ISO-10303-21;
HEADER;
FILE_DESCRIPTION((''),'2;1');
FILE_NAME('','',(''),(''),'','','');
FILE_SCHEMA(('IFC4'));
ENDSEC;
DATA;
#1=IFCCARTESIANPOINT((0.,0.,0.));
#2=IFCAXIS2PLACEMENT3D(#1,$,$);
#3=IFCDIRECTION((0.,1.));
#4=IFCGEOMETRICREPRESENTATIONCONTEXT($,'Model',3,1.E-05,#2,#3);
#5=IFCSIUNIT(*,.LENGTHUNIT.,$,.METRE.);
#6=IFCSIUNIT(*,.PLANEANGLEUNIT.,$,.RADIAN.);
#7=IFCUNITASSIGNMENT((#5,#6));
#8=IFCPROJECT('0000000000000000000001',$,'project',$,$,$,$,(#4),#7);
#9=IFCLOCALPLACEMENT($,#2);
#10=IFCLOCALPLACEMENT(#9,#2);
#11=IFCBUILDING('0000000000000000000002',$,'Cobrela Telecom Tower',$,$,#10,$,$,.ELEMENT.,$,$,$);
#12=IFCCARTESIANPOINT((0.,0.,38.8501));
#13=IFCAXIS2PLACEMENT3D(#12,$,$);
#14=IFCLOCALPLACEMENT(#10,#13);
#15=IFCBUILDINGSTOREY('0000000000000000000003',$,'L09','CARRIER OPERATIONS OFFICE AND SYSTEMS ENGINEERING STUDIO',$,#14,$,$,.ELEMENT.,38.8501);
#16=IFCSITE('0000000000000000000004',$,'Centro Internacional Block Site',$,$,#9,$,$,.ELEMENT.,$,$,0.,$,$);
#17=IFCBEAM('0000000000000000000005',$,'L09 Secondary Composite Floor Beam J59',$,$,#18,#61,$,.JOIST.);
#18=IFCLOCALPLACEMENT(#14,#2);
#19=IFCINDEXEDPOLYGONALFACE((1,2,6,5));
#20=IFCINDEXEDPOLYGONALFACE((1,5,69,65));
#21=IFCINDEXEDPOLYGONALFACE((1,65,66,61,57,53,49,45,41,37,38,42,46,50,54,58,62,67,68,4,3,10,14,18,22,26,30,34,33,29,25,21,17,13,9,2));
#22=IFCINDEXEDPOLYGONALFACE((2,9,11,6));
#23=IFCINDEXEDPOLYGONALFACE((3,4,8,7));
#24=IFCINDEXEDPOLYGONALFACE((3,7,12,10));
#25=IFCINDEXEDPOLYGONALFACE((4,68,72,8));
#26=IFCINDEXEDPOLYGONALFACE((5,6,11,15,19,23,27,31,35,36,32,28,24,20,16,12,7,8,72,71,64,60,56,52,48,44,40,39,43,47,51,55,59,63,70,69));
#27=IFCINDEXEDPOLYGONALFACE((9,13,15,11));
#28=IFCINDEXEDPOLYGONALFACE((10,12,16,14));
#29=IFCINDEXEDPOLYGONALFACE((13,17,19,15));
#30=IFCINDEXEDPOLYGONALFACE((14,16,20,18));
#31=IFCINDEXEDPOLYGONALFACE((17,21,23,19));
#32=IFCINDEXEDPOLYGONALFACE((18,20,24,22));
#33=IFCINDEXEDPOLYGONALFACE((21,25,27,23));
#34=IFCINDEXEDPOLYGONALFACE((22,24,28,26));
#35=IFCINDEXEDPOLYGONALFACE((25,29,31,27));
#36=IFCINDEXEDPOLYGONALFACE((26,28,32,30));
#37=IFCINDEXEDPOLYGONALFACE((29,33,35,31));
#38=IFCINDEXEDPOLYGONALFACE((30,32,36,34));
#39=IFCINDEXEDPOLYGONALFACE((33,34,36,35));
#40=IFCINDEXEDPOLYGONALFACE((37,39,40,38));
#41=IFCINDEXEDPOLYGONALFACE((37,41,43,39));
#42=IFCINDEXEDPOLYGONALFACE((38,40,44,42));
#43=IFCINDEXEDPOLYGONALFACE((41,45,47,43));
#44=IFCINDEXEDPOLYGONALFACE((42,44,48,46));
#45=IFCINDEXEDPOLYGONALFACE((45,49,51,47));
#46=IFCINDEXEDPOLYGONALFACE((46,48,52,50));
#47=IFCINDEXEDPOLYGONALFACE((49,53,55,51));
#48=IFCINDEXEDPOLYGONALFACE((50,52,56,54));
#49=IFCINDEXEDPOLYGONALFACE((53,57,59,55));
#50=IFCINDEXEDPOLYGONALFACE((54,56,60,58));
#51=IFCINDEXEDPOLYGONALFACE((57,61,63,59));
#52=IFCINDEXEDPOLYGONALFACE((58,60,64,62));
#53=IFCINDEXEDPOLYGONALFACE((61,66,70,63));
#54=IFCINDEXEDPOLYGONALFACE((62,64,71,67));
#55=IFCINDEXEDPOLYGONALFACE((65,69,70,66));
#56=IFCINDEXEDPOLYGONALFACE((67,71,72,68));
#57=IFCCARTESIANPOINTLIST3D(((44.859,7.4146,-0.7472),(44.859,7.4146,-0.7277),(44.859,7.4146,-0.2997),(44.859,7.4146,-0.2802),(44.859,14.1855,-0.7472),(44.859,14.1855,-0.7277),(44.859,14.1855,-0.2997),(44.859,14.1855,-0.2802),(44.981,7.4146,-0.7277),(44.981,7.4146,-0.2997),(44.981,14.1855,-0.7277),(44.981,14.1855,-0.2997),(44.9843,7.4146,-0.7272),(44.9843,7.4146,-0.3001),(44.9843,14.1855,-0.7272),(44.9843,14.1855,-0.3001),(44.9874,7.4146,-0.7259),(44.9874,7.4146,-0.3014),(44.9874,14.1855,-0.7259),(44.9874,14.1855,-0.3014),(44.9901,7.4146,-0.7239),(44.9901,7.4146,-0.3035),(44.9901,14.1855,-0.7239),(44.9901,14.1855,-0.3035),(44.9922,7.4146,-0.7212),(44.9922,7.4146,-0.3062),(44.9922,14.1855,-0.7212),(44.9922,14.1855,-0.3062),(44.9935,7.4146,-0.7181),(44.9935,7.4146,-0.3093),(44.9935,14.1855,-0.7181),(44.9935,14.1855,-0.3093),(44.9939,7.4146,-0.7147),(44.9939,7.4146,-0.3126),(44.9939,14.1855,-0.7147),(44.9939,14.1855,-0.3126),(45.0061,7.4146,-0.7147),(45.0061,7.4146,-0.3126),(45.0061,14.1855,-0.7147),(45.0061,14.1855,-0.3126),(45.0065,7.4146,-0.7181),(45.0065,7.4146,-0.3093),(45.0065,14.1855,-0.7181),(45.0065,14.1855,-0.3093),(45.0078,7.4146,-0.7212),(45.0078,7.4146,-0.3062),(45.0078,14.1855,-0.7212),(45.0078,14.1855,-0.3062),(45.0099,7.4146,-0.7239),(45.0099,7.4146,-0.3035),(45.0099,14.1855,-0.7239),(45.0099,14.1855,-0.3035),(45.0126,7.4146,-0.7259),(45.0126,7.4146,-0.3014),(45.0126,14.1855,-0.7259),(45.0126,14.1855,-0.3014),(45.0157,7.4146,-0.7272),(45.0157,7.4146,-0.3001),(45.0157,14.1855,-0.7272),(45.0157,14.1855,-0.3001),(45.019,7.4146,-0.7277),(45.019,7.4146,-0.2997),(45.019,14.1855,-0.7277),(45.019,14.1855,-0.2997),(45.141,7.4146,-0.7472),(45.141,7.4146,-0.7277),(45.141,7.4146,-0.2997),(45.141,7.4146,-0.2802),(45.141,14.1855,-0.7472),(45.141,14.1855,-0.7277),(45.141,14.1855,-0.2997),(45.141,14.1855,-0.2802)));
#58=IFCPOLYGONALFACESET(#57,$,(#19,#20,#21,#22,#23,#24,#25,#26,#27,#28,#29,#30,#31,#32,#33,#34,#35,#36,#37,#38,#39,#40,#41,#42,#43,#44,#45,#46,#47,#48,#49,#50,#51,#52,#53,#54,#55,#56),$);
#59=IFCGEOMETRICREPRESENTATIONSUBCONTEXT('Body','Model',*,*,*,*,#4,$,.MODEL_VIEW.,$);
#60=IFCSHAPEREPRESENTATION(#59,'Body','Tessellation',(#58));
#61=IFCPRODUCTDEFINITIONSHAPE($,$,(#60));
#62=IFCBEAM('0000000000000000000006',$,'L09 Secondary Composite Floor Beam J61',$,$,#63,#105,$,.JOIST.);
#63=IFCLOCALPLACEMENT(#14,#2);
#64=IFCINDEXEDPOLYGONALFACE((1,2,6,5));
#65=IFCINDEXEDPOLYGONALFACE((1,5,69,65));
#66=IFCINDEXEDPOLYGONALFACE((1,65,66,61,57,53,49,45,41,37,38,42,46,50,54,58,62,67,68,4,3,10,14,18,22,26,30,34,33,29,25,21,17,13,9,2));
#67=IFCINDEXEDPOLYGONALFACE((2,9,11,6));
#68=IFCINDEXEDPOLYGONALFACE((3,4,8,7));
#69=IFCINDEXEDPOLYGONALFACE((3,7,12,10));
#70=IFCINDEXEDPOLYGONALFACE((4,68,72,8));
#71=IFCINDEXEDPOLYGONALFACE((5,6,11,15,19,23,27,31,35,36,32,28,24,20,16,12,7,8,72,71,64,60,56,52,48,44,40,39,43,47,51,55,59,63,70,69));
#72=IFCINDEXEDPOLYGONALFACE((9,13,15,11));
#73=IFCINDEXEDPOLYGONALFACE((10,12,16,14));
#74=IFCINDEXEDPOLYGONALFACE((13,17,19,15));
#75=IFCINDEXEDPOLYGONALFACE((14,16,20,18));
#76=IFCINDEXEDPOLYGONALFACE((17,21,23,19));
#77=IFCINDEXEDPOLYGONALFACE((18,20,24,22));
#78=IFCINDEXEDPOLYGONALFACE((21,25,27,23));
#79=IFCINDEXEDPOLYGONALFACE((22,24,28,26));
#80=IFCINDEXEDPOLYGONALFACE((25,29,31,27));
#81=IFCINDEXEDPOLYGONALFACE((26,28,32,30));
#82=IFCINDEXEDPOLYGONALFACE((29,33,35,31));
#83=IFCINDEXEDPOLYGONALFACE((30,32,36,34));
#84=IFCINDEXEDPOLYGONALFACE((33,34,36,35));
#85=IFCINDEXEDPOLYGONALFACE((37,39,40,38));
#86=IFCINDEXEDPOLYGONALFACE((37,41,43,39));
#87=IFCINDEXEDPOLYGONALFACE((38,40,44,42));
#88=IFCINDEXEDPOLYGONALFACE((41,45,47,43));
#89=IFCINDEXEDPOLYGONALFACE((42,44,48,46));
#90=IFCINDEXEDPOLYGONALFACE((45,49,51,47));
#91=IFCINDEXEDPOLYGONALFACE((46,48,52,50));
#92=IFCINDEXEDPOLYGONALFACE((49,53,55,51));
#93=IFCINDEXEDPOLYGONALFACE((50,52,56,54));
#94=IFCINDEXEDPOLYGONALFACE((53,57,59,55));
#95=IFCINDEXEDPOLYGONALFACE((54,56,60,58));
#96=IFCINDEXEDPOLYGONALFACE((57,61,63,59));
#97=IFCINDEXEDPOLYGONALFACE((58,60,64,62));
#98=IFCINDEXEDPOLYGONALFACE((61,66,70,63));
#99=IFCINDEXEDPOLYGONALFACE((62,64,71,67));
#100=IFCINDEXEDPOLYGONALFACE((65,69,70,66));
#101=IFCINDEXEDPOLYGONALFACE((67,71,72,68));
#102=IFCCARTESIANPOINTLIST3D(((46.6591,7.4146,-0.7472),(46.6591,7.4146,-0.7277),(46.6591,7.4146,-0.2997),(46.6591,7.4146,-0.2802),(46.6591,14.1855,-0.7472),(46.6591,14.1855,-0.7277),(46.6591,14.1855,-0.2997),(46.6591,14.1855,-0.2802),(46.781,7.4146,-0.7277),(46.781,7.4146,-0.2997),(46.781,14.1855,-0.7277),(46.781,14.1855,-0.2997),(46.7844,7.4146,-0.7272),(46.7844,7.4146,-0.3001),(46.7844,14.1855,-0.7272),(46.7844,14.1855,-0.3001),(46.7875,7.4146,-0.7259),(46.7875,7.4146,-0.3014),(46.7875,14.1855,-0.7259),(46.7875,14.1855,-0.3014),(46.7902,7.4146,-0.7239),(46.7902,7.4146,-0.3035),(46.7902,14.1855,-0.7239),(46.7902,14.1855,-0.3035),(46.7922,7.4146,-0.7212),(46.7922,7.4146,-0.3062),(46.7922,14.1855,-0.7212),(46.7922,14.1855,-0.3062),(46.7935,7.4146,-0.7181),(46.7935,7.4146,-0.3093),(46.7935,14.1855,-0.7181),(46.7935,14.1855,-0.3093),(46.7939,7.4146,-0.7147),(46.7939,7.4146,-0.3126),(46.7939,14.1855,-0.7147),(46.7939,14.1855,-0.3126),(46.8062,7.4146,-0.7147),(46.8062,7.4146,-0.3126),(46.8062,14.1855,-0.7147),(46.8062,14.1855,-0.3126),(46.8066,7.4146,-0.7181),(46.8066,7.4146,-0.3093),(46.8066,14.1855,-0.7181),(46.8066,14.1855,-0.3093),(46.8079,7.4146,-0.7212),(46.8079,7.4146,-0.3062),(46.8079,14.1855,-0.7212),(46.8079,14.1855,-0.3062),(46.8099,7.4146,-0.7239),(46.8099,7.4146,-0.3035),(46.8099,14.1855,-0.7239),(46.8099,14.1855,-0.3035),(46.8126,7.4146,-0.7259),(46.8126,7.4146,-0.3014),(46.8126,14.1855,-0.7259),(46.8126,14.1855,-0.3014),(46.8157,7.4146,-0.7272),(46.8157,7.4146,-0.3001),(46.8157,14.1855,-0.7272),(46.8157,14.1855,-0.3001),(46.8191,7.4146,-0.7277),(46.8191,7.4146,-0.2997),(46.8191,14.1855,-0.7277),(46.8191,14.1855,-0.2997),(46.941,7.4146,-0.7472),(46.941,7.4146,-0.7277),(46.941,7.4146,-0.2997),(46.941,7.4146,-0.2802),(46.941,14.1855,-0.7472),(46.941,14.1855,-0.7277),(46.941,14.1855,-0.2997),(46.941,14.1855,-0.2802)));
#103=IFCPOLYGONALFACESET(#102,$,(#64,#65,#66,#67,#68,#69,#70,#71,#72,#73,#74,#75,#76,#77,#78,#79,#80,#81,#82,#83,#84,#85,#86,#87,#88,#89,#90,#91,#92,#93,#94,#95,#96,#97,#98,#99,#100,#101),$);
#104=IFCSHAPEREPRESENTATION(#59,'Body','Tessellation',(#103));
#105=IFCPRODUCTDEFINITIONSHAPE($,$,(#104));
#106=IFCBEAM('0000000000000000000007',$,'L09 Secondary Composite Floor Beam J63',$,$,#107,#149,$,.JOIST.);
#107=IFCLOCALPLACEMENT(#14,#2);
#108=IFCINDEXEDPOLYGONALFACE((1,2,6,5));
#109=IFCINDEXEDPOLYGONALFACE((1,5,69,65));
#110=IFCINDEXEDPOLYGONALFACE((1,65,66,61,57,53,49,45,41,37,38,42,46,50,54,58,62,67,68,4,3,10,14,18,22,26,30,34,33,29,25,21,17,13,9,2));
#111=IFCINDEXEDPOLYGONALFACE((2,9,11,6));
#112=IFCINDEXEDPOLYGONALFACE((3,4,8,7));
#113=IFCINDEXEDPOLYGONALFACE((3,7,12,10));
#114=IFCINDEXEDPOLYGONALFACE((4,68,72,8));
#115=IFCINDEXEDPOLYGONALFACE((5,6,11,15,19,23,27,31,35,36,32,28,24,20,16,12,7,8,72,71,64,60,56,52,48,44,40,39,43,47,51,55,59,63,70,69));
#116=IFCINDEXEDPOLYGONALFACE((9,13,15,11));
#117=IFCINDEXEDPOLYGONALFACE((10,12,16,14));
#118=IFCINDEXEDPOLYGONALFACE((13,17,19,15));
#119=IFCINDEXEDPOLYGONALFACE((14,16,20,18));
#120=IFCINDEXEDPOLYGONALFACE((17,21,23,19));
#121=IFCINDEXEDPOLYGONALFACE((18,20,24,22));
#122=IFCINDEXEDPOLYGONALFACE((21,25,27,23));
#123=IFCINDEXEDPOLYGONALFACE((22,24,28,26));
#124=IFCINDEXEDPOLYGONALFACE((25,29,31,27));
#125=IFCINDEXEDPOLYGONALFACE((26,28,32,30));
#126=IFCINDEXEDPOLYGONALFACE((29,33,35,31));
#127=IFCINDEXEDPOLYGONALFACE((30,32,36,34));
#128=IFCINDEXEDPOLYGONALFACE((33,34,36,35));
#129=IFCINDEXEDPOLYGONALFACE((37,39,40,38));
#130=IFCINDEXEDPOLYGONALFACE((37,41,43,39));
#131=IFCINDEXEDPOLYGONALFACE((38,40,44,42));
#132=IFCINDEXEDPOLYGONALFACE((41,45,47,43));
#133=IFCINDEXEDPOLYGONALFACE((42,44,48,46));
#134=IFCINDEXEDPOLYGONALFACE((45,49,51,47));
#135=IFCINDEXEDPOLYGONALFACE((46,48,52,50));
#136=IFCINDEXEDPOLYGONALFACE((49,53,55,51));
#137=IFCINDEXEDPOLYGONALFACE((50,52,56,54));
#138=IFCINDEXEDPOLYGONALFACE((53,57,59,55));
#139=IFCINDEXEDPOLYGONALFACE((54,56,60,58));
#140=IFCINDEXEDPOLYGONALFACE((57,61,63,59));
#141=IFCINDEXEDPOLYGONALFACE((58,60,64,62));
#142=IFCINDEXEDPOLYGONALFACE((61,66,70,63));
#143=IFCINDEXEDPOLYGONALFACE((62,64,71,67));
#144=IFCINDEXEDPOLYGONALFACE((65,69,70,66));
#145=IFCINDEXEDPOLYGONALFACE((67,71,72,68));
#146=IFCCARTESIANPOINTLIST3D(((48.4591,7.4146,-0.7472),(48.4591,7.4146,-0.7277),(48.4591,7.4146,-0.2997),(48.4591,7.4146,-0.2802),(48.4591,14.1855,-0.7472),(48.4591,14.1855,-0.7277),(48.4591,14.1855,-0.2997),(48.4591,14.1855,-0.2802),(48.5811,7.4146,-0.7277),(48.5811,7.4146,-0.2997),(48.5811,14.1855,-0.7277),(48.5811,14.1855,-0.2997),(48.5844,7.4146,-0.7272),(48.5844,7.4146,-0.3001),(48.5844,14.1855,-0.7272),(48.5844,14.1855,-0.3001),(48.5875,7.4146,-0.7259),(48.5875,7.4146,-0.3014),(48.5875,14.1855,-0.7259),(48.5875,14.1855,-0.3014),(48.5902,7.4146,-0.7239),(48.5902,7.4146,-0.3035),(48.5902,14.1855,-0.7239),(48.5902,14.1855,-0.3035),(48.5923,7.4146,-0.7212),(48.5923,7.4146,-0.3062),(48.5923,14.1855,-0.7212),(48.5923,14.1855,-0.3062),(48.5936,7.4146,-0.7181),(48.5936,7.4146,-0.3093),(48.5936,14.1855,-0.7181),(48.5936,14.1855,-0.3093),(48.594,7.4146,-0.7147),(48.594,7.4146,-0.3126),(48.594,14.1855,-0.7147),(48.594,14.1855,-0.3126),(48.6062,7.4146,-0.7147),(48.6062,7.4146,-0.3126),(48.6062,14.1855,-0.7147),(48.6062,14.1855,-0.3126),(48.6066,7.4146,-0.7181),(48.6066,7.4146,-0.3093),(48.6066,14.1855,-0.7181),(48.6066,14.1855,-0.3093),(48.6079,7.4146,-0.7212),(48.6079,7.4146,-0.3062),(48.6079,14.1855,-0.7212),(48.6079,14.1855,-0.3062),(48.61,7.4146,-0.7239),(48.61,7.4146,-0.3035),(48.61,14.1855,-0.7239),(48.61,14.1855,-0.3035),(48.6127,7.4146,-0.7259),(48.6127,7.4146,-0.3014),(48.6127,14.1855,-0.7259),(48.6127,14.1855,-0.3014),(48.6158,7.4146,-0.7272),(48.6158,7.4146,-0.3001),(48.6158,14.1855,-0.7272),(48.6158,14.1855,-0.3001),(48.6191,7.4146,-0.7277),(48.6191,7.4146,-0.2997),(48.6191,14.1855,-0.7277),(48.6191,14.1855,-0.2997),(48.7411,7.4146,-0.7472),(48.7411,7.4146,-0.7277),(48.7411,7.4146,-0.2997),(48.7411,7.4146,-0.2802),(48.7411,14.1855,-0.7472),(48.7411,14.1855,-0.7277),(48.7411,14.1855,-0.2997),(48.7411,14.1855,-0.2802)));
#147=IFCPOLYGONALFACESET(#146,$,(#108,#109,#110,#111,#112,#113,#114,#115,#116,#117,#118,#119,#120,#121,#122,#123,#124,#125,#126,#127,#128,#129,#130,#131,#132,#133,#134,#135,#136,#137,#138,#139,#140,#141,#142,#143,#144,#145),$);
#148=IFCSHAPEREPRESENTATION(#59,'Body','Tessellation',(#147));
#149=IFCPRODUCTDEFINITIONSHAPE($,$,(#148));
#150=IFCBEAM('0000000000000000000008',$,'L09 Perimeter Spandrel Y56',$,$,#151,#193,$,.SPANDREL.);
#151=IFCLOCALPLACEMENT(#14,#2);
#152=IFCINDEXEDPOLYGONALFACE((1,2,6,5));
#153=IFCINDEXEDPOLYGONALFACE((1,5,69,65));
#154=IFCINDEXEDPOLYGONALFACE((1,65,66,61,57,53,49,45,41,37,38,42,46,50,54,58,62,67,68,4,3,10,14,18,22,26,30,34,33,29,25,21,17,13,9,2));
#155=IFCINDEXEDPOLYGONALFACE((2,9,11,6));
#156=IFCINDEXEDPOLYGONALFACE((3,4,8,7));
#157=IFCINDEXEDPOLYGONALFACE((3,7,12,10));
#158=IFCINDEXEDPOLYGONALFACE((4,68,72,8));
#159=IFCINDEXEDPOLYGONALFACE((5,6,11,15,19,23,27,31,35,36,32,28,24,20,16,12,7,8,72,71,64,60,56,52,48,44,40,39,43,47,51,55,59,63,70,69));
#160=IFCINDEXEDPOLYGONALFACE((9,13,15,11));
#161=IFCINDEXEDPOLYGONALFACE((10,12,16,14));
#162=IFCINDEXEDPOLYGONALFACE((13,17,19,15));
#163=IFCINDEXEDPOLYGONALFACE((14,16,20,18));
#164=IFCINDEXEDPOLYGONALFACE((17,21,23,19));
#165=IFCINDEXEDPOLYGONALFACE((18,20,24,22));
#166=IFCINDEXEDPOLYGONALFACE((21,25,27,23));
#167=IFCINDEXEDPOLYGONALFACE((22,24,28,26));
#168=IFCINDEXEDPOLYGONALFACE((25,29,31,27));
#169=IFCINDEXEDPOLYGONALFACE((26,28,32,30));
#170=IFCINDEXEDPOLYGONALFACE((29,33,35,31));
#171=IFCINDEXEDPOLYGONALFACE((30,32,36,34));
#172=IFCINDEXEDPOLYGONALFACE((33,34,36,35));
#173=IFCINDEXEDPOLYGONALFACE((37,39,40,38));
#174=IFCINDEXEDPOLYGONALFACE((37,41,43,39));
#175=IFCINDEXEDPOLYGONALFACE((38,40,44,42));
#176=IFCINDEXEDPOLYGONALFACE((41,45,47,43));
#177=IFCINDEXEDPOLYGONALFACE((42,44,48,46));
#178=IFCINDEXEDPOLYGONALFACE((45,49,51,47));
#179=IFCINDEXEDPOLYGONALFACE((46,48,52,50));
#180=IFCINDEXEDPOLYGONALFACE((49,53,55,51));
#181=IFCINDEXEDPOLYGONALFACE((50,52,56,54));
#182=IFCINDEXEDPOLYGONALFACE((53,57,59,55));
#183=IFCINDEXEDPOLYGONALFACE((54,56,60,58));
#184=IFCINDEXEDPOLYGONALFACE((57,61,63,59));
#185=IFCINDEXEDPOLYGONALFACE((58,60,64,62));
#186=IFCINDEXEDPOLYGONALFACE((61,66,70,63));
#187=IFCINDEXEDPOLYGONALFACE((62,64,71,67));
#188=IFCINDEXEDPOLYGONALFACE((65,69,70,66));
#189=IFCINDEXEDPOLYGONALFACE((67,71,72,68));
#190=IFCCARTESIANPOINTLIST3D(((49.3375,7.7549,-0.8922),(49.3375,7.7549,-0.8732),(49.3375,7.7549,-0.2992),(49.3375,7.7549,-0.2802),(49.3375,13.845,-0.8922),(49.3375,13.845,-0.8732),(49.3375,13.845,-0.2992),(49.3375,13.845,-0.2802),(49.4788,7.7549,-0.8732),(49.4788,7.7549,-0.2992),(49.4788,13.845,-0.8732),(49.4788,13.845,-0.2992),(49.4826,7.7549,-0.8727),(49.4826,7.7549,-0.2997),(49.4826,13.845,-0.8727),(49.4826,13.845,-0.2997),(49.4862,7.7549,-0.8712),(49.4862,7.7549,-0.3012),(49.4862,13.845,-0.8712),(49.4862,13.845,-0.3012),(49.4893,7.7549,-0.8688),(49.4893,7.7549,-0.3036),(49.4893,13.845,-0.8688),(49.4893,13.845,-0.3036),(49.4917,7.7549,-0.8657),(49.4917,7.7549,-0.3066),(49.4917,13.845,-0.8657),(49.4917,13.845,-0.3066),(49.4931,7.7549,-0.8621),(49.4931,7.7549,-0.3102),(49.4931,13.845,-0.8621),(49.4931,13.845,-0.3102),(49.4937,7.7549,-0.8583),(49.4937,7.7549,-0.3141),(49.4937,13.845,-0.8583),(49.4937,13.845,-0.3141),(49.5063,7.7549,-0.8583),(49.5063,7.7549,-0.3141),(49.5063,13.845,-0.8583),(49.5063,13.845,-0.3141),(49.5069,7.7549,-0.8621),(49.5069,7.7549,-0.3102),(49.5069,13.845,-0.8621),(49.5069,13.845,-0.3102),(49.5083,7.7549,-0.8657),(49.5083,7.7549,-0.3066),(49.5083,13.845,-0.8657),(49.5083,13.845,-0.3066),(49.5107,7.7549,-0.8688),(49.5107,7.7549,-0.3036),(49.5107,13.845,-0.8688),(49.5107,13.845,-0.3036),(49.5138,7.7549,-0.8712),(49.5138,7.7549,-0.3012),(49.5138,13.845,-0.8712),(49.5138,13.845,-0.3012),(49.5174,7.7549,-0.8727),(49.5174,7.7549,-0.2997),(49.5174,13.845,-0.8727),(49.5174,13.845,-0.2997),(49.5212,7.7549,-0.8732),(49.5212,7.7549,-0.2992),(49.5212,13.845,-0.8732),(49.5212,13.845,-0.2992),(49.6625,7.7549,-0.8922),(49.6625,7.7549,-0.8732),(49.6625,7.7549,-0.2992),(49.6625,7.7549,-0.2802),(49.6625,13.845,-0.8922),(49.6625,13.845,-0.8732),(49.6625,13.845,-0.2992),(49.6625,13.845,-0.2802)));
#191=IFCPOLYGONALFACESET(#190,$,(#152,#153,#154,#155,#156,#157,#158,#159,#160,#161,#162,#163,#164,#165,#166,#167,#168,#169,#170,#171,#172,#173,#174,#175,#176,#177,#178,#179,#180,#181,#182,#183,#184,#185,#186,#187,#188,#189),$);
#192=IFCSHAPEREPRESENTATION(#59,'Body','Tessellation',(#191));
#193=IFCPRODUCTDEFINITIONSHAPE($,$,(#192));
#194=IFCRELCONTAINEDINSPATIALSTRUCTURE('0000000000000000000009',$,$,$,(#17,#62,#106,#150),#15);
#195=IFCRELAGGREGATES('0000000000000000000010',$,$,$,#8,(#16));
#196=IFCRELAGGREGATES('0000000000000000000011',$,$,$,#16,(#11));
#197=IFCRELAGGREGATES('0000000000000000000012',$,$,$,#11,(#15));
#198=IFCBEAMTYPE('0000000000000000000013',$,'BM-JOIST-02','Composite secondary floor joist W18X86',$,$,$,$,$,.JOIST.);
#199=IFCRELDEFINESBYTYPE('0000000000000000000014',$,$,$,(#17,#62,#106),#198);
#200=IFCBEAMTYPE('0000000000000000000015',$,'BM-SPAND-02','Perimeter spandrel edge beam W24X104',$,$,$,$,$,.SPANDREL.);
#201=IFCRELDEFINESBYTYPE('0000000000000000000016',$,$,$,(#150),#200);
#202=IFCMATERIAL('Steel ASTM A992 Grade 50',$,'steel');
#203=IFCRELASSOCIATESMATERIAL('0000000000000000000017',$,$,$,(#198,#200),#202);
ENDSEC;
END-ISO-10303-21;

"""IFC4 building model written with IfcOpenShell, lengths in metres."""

from ifc_helpers import new_model, si_unit, direction, frame, origin, origin_2d, place, context, subcontext, project, spatial, i_section, extrude, material, material_profile, profile_set, type_object, element, save


model = new_model("IFC4")

# Units and contexts
model_context = context("Model", 3, precision=1e-05, world=origin(), true_north=direction((0.0, 1.0)))
body_context = subcontext(model_context, "Body", "Model", "MODEL_VIEW")
ifc_project = project(units=[si_unit("LENGTHUNIT", "METRE"), si_unit("PLANEANGLEUNIT", "RADIAN")], contexts=[model_context])

# Site, building, storey
site_placement = place(None, origin())
site = spatial("IfcSite", under=ifc_project, at=site_placement, Name="Centro Internacional Block Site", CompositionType="ELEMENT", RefElevation=0.0)
building_placement = place(site_placement, origin())
building = spatial("IfcBuilding", under=site, at=building_placement, Name="Cobrela Telecom Tower", CompositionType="ELEMENT")
storey_placement = place(building_placement, frame((0.0, 0.0, 38.8501)))
storey = spatial("IfcBuildingStorey", under=building, at=storey_placement, Name="L09", Description="CARRIER OPERATIONS OFFICE AND SYSTEMS ENGINEERING STUDIO", CompositionType="ELEMENT", Elevation=38.8501)

# Shared definitions
ifc_material_1 = material(Name="Steel ASTM A992 Grade 50", Category="steel")

# Beams
ifc_material_profile_1 = material_profile(ifc_material_1, i_section(OverallWidth=0.282, OverallDepth=0.467, WebThickness=0.0122, FlangeThickness=0.0195, FilletRadius=0.0129, at=origin_2d()), Name="W18X86")
ifc_profile_set_1 = profile_set([ifc_material_profile_1], Name="Steel ASTM A992 Grade 50")
beam_type_1 = type_object("IfcBeamType", Name="BM-JOIST-02", Description="Composite secondary floor joist W18X86", PredefinedType="JOIST", material=ifc_profile_set_1)
for number, where, z_axis, x_axis, name in (
    (1, (45.0, 7.4146, -0.5137), (0.0, 1.0, 0.0), (-1.0, 0.0, 0.0), "L09 Secondary Composite Floor Beam J59"),
    (2, (46.8, 7.4146, -0.5137), (0.0, 1.0, 0.0), (-1.0, 0.0, 0.0), "L09 Secondary Composite Floor Beam J61"),
    (3, (48.6001, 7.4146, -0.5137), (0.0, 1.0, 0.0), (-1.0, 0.0, 0.0), "L09 Secondary Composite Floor Beam J63"),
):
    element("IfcBeam", number, at=place(storey_placement, frame(where, z_axis=z_axis, x_axis=x_axis)), inside=storey, type_object=beam_type_1, Name=name, PredefinedType="JOIST", context=body_context, shape_type="SweptSolid", body=[
        extrude(i_section(OverallWidth=0.282, OverallDepth=0.467, WebThickness=0.0122, FlangeThickness=0.0195, FilletRadius=0.0129, at=origin_2d()), origin(), (0.0, 0.0, 1.0), 6.771),
    ])
ifc_material_profile_2 = material_profile(ifc_material_1, i_section(OverallWidth=0.325, OverallDepth=0.6121, WebThickness=0.0127, FlangeThickness=0.019, FilletRadius=0.0149, at=origin_2d()), Name="W24X104")
ifc_profile_set_2 = profile_set([ifc_material_profile_2], Name="Steel ASTM A992 Grade 50")
beam_type_2 = type_object("IfcBeamType", Name="BM-SPAND-02", Description="Perimeter spandrel edge beam W24X104", PredefinedType="SPANDREL", material=ifc_profile_set_2)
beam_placement = place(storey_placement, frame((49.5, 7.7549, -0.5862), z_axis=(0.0, 1.0, 0.0), x_axis=(-1.0, 0.0, 0.0)))
element("IfcBeam", 4, at=beam_placement, inside=storey, type_object=beam_type_2, Name="L09 Perimeter Spandrel Y56", PredefinedType="SPANDREL", context=body_context, shape_type="SweptSolid", body=[
    extrude(i_section(OverallWidth=0.325, OverallDepth=0.6121, WebThickness=0.0127, FlangeThickness=0.019, FilletRadius=0.0149, at=origin_2d()), origin(), (0.0, 0.0, 1.0), 6.0901),
])

save(model, "model.ifc")
